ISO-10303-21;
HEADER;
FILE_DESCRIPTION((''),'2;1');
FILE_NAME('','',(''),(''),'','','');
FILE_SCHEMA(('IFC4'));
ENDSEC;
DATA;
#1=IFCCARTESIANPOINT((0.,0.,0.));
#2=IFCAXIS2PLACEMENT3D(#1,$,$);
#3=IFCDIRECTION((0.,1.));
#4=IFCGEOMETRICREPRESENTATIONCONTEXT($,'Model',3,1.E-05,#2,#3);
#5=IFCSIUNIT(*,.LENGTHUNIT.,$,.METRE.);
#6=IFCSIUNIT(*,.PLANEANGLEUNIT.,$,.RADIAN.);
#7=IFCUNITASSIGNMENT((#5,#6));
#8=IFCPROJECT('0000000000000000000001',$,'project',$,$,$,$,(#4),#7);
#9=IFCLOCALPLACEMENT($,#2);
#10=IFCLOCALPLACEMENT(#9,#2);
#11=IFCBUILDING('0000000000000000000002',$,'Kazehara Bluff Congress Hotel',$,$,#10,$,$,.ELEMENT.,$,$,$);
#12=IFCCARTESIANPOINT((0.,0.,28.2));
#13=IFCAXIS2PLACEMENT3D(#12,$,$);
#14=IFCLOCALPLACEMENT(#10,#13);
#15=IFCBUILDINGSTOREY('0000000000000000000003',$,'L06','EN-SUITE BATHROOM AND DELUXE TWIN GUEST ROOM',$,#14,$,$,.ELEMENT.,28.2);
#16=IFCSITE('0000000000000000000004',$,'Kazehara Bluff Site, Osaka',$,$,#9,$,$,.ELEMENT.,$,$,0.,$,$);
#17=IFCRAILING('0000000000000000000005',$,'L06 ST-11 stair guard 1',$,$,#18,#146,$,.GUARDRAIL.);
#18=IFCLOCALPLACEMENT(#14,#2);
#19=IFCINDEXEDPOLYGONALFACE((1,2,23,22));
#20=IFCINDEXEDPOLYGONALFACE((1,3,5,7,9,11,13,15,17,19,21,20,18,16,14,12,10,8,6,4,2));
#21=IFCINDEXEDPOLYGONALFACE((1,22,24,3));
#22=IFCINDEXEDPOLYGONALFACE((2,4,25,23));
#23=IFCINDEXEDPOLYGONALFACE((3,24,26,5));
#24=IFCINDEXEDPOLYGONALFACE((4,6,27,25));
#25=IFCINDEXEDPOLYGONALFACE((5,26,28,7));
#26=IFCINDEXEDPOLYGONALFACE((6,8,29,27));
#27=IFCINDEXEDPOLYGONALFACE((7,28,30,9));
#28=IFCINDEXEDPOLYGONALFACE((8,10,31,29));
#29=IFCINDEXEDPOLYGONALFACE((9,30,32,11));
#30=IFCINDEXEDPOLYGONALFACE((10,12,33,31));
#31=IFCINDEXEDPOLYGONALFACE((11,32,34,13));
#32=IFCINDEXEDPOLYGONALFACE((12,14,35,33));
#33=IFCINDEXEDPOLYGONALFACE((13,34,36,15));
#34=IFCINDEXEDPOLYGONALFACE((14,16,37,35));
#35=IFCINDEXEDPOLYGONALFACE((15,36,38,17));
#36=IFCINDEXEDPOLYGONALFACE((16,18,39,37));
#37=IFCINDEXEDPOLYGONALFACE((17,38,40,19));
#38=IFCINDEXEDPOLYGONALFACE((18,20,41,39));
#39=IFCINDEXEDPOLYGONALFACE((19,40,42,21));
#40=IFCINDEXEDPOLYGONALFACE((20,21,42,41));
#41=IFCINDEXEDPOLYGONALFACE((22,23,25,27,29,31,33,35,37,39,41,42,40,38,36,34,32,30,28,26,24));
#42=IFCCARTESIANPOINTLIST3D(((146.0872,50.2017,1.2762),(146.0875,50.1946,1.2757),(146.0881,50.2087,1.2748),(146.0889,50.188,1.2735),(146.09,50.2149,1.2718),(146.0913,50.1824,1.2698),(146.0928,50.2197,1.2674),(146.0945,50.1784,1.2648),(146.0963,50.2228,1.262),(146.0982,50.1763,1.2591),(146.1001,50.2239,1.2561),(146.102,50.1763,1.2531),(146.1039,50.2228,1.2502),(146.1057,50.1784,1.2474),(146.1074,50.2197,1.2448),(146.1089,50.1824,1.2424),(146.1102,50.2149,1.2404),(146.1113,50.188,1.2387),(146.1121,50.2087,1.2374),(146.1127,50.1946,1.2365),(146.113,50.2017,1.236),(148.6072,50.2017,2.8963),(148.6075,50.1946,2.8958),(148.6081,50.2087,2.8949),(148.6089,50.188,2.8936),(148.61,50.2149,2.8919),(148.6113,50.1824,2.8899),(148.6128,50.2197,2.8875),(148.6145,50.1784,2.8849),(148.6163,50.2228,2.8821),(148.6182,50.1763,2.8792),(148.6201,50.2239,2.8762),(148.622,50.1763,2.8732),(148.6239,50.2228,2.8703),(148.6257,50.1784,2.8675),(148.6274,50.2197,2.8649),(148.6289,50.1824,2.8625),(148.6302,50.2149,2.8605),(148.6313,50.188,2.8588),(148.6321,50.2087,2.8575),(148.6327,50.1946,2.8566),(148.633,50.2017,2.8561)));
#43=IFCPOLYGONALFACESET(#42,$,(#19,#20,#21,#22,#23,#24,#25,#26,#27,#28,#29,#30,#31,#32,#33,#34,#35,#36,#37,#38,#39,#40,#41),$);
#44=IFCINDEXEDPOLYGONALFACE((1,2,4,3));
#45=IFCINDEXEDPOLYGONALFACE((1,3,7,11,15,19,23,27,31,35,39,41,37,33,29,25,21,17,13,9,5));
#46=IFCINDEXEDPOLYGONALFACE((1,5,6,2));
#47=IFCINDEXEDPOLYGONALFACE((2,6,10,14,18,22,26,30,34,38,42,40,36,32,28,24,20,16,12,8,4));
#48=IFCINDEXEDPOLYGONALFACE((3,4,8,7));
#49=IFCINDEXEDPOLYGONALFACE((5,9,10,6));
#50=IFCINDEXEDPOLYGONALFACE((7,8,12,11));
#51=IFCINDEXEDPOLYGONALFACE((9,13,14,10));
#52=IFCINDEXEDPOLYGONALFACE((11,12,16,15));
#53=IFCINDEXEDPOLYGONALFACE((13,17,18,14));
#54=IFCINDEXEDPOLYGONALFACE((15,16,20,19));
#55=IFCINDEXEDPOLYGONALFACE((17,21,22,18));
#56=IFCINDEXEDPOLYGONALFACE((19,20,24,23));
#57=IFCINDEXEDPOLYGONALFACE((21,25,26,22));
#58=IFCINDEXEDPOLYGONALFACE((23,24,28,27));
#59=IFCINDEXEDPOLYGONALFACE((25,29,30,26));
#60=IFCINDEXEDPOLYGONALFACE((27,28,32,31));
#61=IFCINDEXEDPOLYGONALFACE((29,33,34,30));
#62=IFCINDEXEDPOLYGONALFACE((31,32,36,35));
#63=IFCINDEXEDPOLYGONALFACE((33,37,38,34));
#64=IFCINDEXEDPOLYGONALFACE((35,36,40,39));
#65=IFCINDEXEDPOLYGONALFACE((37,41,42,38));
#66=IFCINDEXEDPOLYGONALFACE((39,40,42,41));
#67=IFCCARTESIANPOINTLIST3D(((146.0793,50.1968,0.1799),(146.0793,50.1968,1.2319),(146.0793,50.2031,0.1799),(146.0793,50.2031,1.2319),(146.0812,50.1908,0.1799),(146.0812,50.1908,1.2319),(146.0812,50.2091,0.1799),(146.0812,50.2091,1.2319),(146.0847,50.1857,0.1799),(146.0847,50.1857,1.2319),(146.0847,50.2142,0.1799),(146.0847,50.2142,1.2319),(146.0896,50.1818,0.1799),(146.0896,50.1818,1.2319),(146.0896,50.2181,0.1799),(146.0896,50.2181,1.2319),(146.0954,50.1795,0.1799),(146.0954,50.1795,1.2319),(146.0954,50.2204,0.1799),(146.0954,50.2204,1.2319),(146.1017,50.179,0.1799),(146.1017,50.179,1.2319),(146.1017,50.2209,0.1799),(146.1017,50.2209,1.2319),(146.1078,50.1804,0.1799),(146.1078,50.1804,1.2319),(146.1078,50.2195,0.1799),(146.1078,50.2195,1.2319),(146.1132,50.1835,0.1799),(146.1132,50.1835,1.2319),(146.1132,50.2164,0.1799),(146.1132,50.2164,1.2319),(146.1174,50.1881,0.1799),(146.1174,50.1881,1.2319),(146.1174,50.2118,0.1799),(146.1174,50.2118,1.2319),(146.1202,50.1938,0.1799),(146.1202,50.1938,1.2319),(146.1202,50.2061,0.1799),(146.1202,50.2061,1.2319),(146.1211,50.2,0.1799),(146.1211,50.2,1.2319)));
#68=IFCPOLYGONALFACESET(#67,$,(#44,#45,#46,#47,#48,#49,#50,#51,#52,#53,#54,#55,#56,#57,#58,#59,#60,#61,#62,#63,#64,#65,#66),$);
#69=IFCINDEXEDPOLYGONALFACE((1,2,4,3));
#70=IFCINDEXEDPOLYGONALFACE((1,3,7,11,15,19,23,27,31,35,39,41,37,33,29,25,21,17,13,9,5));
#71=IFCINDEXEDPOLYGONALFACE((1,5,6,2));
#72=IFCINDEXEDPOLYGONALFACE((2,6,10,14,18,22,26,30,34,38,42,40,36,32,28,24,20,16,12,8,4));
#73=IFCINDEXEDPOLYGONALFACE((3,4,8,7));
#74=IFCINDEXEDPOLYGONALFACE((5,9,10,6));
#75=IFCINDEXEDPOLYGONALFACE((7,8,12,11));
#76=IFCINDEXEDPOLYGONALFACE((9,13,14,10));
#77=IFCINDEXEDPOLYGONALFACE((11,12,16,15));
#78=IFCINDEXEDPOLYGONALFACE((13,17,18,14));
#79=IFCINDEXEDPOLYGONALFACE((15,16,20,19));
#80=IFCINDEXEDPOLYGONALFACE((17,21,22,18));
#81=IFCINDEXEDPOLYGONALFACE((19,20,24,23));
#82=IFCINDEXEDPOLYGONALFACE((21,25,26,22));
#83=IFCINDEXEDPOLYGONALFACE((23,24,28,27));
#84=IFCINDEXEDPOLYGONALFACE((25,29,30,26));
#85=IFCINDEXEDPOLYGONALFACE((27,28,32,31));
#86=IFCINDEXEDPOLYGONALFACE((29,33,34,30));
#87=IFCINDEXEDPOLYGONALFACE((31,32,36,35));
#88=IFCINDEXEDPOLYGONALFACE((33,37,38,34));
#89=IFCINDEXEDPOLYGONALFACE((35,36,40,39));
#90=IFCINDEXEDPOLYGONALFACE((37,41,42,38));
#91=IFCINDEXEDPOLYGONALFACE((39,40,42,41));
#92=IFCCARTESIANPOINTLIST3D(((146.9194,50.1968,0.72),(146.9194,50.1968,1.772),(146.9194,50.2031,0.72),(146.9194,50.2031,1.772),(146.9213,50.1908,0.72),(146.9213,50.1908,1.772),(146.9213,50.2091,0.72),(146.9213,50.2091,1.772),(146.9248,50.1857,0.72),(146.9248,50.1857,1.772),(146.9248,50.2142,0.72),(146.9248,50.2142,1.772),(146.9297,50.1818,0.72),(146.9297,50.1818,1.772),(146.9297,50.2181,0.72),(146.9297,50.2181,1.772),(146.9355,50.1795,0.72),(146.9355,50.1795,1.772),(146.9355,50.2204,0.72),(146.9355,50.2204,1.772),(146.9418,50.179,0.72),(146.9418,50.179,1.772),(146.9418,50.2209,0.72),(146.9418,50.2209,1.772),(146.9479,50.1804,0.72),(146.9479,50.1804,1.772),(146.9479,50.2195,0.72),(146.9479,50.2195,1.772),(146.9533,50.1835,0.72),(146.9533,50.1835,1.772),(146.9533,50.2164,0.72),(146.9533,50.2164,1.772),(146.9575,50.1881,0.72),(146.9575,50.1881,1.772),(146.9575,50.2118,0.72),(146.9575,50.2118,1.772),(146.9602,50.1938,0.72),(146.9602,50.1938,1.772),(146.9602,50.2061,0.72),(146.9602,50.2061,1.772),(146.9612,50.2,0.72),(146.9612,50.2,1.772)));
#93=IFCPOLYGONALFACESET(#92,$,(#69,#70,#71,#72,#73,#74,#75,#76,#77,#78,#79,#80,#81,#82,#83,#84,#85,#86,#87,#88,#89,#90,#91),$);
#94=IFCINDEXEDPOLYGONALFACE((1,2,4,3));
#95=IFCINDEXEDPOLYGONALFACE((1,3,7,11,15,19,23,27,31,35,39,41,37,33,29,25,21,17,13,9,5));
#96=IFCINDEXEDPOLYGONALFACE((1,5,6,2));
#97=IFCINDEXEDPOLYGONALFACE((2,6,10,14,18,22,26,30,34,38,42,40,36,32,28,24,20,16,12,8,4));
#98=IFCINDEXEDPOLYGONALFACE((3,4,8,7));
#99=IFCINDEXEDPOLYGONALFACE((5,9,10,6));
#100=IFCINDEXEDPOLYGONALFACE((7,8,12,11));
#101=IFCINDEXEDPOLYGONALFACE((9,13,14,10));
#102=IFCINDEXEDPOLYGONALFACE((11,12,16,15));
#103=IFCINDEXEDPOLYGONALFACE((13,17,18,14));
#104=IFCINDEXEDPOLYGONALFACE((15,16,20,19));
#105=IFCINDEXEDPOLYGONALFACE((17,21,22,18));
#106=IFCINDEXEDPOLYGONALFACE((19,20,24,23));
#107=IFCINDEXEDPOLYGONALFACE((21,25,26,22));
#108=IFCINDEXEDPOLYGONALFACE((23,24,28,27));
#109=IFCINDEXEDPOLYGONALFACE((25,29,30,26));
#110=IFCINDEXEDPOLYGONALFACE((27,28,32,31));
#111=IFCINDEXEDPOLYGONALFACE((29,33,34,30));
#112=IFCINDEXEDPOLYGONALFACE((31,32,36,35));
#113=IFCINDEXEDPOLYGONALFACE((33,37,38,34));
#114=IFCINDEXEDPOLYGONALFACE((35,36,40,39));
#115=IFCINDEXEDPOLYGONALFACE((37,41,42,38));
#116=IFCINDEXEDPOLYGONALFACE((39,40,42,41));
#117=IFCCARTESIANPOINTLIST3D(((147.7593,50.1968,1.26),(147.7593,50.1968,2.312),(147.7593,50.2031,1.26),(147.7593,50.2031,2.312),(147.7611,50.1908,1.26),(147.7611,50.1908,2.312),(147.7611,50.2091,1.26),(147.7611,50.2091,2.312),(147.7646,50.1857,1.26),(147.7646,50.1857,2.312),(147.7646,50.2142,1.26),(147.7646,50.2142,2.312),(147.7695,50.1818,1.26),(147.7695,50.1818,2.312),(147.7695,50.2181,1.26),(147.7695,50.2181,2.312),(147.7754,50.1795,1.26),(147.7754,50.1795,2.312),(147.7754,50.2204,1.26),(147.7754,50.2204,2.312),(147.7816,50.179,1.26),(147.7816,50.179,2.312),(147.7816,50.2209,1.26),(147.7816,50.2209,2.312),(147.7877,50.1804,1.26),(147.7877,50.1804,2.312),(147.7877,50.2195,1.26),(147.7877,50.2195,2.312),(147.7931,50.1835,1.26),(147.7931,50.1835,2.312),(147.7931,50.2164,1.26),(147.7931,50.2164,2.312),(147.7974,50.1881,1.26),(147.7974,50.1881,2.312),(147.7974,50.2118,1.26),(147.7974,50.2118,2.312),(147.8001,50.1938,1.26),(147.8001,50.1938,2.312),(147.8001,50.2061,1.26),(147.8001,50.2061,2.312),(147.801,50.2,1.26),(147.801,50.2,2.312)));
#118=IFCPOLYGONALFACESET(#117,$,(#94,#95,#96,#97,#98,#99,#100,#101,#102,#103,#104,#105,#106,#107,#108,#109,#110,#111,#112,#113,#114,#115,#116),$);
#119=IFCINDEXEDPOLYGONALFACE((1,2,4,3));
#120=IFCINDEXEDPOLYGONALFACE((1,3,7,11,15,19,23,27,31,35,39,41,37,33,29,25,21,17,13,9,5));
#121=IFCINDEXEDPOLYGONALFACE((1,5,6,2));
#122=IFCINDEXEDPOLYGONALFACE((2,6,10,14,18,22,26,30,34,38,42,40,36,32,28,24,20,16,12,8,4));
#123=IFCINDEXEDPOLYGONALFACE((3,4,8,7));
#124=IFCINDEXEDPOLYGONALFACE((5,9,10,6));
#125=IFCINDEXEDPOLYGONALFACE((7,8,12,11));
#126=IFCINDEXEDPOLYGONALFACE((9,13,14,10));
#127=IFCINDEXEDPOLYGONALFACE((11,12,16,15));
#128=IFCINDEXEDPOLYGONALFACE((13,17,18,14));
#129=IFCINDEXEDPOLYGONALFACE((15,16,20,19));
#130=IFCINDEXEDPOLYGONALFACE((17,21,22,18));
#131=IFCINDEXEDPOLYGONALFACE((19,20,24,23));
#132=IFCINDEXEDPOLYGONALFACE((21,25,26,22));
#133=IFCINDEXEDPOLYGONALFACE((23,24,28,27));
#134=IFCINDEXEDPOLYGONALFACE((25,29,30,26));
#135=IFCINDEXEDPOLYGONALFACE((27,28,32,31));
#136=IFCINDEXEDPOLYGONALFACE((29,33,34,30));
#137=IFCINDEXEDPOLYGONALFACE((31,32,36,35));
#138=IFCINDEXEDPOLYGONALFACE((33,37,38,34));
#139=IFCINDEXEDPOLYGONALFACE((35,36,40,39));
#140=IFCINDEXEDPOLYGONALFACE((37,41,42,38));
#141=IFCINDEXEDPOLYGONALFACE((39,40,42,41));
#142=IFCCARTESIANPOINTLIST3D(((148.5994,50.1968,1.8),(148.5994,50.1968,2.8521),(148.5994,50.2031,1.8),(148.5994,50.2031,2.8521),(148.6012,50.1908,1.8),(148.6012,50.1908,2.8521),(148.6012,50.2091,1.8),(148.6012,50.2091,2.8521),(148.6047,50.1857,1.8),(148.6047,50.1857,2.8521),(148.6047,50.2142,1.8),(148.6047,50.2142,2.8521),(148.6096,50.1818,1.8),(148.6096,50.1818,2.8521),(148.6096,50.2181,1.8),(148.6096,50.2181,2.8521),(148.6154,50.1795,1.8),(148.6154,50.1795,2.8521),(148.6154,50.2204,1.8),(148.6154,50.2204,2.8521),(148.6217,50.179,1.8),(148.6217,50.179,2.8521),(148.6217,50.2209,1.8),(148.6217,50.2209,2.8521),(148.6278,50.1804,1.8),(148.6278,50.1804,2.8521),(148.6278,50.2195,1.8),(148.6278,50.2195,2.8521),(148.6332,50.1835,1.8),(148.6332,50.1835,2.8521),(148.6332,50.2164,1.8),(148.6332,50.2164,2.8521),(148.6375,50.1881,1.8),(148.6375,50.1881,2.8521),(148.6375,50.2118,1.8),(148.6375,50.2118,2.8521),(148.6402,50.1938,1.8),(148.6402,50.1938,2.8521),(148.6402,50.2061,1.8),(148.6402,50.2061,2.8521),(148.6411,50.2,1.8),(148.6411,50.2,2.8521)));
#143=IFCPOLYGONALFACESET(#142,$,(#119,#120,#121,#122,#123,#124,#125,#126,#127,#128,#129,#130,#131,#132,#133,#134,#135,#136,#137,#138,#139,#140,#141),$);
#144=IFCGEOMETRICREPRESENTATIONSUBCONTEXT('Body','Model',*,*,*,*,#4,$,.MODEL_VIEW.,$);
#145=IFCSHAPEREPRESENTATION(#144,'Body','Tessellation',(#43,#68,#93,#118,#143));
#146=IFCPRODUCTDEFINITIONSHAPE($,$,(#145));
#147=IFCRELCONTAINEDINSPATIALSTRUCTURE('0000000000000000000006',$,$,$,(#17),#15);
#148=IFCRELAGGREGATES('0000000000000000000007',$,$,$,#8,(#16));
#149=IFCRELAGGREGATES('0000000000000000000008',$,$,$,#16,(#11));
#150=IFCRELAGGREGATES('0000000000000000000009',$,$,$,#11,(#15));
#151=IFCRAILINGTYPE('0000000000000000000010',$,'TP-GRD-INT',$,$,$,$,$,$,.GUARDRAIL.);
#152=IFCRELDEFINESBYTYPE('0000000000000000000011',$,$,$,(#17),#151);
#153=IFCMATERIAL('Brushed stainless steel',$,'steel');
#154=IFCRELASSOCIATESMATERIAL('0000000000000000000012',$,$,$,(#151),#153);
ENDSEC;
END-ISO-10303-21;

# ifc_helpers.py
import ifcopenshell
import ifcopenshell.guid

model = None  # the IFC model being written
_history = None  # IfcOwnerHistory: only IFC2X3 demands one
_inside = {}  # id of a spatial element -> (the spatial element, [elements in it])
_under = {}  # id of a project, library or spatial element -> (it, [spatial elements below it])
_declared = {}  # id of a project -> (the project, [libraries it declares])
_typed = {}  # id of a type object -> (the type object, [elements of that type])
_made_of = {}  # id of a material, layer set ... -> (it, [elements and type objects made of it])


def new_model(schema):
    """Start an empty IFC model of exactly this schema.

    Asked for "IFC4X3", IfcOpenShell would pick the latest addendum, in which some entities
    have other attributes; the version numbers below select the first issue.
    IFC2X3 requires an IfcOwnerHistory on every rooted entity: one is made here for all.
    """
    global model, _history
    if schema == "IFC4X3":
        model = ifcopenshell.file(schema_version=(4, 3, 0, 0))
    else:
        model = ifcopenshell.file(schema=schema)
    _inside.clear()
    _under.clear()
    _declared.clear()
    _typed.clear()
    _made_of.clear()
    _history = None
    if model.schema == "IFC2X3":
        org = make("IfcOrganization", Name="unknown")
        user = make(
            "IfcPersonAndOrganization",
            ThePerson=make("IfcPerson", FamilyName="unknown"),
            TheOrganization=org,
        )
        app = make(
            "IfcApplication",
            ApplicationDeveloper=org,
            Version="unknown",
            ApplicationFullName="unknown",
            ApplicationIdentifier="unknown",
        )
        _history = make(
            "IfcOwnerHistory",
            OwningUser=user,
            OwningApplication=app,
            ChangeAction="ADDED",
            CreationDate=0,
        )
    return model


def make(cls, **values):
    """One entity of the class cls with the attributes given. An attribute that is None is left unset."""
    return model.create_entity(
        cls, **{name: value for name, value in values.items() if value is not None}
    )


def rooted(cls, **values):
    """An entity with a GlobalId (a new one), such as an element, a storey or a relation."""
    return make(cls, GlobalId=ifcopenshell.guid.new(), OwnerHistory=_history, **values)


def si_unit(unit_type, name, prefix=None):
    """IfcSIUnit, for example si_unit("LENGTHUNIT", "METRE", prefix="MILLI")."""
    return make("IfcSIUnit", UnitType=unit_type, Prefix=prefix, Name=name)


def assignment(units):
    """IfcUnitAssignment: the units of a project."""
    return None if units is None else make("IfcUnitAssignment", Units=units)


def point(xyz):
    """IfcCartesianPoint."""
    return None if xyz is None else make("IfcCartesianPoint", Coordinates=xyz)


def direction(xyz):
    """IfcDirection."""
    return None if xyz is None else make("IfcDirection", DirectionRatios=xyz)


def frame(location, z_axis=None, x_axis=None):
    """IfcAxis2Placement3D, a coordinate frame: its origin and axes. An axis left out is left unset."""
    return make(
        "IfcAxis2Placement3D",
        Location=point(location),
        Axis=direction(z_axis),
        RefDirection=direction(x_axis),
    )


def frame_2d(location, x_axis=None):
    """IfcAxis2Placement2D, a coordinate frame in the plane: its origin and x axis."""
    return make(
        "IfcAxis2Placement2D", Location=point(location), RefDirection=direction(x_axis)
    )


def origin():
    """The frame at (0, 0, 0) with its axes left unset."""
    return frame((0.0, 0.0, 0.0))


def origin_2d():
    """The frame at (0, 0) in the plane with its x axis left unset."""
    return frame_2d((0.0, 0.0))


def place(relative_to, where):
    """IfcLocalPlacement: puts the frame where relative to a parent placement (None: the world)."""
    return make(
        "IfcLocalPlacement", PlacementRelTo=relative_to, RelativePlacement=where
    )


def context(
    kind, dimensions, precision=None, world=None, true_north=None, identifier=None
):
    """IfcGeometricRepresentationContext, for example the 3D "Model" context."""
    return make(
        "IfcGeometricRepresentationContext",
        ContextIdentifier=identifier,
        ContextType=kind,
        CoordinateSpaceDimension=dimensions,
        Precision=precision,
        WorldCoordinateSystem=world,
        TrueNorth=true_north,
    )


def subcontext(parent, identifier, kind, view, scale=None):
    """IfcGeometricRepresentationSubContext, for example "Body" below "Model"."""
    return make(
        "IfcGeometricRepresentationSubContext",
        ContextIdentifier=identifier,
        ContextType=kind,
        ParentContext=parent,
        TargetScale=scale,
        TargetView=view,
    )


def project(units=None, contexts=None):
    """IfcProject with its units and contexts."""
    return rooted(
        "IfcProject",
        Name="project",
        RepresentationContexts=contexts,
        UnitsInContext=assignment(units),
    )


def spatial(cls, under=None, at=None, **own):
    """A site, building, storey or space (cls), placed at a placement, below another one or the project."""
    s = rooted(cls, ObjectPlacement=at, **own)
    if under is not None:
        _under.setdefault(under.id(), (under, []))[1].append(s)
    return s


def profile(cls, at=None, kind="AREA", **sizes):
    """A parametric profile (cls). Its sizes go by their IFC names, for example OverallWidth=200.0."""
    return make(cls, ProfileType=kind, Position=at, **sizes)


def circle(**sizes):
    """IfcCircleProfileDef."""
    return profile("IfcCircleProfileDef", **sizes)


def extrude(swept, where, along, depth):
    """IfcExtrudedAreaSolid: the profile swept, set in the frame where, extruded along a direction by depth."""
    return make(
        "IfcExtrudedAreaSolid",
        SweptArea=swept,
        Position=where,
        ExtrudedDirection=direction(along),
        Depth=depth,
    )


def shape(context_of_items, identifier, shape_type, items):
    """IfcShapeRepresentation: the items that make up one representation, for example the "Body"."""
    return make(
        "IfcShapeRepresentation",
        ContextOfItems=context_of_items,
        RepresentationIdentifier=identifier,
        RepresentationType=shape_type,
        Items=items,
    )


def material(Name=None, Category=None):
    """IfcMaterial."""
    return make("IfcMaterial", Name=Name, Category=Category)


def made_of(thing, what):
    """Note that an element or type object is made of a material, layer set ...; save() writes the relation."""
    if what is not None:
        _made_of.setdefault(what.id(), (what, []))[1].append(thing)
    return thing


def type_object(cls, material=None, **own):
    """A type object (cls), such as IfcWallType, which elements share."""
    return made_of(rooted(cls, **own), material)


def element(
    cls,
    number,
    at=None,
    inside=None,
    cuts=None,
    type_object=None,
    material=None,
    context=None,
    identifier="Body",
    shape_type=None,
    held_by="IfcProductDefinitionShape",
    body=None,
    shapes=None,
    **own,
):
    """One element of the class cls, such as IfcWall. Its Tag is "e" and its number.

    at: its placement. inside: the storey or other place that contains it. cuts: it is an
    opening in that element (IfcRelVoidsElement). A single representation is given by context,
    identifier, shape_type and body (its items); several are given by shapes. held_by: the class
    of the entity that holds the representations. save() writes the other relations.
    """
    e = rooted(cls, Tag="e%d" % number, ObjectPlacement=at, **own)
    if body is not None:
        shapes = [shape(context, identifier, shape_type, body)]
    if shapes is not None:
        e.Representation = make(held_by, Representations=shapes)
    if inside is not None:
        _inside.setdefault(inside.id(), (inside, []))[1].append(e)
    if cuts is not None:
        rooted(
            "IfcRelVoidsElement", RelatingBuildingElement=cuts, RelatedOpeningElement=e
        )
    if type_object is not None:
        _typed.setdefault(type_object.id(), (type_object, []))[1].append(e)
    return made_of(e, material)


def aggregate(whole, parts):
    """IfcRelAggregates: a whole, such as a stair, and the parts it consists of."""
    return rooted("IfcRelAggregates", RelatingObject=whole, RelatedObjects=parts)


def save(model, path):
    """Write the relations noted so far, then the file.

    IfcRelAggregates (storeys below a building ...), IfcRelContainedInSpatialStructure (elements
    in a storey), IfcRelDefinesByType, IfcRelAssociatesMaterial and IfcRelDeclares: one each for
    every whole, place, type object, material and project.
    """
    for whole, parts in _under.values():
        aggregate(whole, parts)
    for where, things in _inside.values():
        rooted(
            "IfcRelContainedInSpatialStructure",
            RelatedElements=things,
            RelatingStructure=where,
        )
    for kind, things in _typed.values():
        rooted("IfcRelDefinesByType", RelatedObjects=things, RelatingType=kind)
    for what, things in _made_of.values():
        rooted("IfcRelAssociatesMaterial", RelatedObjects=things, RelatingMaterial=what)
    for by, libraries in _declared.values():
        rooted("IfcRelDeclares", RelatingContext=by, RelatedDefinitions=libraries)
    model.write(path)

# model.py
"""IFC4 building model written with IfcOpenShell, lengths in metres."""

from ifc_helpers import new_model, si_unit, direction, frame, origin, origin_2d, place, context, subcontext, project, spatial, circle, extrude, material, type_object, element, save


model = new_model("IFC4")

# Units and contexts
model_context = context("Model", 3, precision=1e-05, world=origin(), true_north=direction((0.0, 1.0)))
body_context = subcontext(model_context, "Body", "Model", "MODEL_VIEW")
ifc_project = project(units=[si_unit("LENGTHUNIT", "METRE"), si_unit("PLANEANGLEUNIT", "RADIAN")], contexts=[model_context])

# Site, building, storey
site_placement = place(None, origin())
site = spatial("IfcSite", under=ifc_project, at=site_placement, Name="Kazehara Bluff Site, Osaka", CompositionType="ELEMENT", RefElevation=0.0)
building_placement = place(site_placement, origin())
building = spatial("IfcBuilding", under=site, at=building_placement, Name="Kazehara Bluff Congress Hotel", CompositionType="ELEMENT")
storey_placement = place(building_placement, frame((0.0, 0.0, 28.2)))
storey = spatial("IfcBuildingStorey", under=building, at=storey_placement, Name="L06", Description="EN-SUITE BATHROOM AND DELUXE TWIN GUEST ROOM", CompositionType="ELEMENT", Elevation=28.2)

# Railing
ifc_material_1 = material(Name="Brushed stainless steel", Category="steel")
railing_type_1 = type_object("IfcRailingType", Name="TP-GRD-INT", PredefinedType="GUARDRAIL", material=ifc_material_1)
railing_1_placement = place(storey_placement, frame((146.1001, 50.2, 0.1799)))
element("IfcRailing", 1, at=railing_1_placement, inside=storey, type_object=railing_type_1, Name="L06 ST-11 stair guard 1", PredefinedType="GUARDRAIL", context=body_context, shape_type="SweptSolid", body=[
    extrude(circle(Radius=0.0239, at=origin_2d()), frame((0.0, 0.0, 1.0762), z_axis=(0.841163, 0.0, 0.540782), x_axis=(0.0, 1.0, 0.0)), (0.0, 0.0, 1.0), 2.9958),
    extrude(circle(Radius=0.021, at=origin_2d()), origin(), (0.0, 0.0, 1.0), 1.052),
    extrude(circle(Radius=0.021, at=origin_2d()), frame((0.8401, 0.0, 0.54)), (0.0, 0.0, 1.0), 1.052),
    extrude(circle(Radius=0.021, at=origin_2d()), frame((1.6799, 0.0, 1.0801)), (0.0, 0.0, 1.0), 1.052),
    extrude(circle(Radius=0.021, at=origin_2d()), frame((2.52, 0.0, 1.6201)), (0.0, 0.0, 1.0), 1.052),
])

save(model, "model.ifc")
